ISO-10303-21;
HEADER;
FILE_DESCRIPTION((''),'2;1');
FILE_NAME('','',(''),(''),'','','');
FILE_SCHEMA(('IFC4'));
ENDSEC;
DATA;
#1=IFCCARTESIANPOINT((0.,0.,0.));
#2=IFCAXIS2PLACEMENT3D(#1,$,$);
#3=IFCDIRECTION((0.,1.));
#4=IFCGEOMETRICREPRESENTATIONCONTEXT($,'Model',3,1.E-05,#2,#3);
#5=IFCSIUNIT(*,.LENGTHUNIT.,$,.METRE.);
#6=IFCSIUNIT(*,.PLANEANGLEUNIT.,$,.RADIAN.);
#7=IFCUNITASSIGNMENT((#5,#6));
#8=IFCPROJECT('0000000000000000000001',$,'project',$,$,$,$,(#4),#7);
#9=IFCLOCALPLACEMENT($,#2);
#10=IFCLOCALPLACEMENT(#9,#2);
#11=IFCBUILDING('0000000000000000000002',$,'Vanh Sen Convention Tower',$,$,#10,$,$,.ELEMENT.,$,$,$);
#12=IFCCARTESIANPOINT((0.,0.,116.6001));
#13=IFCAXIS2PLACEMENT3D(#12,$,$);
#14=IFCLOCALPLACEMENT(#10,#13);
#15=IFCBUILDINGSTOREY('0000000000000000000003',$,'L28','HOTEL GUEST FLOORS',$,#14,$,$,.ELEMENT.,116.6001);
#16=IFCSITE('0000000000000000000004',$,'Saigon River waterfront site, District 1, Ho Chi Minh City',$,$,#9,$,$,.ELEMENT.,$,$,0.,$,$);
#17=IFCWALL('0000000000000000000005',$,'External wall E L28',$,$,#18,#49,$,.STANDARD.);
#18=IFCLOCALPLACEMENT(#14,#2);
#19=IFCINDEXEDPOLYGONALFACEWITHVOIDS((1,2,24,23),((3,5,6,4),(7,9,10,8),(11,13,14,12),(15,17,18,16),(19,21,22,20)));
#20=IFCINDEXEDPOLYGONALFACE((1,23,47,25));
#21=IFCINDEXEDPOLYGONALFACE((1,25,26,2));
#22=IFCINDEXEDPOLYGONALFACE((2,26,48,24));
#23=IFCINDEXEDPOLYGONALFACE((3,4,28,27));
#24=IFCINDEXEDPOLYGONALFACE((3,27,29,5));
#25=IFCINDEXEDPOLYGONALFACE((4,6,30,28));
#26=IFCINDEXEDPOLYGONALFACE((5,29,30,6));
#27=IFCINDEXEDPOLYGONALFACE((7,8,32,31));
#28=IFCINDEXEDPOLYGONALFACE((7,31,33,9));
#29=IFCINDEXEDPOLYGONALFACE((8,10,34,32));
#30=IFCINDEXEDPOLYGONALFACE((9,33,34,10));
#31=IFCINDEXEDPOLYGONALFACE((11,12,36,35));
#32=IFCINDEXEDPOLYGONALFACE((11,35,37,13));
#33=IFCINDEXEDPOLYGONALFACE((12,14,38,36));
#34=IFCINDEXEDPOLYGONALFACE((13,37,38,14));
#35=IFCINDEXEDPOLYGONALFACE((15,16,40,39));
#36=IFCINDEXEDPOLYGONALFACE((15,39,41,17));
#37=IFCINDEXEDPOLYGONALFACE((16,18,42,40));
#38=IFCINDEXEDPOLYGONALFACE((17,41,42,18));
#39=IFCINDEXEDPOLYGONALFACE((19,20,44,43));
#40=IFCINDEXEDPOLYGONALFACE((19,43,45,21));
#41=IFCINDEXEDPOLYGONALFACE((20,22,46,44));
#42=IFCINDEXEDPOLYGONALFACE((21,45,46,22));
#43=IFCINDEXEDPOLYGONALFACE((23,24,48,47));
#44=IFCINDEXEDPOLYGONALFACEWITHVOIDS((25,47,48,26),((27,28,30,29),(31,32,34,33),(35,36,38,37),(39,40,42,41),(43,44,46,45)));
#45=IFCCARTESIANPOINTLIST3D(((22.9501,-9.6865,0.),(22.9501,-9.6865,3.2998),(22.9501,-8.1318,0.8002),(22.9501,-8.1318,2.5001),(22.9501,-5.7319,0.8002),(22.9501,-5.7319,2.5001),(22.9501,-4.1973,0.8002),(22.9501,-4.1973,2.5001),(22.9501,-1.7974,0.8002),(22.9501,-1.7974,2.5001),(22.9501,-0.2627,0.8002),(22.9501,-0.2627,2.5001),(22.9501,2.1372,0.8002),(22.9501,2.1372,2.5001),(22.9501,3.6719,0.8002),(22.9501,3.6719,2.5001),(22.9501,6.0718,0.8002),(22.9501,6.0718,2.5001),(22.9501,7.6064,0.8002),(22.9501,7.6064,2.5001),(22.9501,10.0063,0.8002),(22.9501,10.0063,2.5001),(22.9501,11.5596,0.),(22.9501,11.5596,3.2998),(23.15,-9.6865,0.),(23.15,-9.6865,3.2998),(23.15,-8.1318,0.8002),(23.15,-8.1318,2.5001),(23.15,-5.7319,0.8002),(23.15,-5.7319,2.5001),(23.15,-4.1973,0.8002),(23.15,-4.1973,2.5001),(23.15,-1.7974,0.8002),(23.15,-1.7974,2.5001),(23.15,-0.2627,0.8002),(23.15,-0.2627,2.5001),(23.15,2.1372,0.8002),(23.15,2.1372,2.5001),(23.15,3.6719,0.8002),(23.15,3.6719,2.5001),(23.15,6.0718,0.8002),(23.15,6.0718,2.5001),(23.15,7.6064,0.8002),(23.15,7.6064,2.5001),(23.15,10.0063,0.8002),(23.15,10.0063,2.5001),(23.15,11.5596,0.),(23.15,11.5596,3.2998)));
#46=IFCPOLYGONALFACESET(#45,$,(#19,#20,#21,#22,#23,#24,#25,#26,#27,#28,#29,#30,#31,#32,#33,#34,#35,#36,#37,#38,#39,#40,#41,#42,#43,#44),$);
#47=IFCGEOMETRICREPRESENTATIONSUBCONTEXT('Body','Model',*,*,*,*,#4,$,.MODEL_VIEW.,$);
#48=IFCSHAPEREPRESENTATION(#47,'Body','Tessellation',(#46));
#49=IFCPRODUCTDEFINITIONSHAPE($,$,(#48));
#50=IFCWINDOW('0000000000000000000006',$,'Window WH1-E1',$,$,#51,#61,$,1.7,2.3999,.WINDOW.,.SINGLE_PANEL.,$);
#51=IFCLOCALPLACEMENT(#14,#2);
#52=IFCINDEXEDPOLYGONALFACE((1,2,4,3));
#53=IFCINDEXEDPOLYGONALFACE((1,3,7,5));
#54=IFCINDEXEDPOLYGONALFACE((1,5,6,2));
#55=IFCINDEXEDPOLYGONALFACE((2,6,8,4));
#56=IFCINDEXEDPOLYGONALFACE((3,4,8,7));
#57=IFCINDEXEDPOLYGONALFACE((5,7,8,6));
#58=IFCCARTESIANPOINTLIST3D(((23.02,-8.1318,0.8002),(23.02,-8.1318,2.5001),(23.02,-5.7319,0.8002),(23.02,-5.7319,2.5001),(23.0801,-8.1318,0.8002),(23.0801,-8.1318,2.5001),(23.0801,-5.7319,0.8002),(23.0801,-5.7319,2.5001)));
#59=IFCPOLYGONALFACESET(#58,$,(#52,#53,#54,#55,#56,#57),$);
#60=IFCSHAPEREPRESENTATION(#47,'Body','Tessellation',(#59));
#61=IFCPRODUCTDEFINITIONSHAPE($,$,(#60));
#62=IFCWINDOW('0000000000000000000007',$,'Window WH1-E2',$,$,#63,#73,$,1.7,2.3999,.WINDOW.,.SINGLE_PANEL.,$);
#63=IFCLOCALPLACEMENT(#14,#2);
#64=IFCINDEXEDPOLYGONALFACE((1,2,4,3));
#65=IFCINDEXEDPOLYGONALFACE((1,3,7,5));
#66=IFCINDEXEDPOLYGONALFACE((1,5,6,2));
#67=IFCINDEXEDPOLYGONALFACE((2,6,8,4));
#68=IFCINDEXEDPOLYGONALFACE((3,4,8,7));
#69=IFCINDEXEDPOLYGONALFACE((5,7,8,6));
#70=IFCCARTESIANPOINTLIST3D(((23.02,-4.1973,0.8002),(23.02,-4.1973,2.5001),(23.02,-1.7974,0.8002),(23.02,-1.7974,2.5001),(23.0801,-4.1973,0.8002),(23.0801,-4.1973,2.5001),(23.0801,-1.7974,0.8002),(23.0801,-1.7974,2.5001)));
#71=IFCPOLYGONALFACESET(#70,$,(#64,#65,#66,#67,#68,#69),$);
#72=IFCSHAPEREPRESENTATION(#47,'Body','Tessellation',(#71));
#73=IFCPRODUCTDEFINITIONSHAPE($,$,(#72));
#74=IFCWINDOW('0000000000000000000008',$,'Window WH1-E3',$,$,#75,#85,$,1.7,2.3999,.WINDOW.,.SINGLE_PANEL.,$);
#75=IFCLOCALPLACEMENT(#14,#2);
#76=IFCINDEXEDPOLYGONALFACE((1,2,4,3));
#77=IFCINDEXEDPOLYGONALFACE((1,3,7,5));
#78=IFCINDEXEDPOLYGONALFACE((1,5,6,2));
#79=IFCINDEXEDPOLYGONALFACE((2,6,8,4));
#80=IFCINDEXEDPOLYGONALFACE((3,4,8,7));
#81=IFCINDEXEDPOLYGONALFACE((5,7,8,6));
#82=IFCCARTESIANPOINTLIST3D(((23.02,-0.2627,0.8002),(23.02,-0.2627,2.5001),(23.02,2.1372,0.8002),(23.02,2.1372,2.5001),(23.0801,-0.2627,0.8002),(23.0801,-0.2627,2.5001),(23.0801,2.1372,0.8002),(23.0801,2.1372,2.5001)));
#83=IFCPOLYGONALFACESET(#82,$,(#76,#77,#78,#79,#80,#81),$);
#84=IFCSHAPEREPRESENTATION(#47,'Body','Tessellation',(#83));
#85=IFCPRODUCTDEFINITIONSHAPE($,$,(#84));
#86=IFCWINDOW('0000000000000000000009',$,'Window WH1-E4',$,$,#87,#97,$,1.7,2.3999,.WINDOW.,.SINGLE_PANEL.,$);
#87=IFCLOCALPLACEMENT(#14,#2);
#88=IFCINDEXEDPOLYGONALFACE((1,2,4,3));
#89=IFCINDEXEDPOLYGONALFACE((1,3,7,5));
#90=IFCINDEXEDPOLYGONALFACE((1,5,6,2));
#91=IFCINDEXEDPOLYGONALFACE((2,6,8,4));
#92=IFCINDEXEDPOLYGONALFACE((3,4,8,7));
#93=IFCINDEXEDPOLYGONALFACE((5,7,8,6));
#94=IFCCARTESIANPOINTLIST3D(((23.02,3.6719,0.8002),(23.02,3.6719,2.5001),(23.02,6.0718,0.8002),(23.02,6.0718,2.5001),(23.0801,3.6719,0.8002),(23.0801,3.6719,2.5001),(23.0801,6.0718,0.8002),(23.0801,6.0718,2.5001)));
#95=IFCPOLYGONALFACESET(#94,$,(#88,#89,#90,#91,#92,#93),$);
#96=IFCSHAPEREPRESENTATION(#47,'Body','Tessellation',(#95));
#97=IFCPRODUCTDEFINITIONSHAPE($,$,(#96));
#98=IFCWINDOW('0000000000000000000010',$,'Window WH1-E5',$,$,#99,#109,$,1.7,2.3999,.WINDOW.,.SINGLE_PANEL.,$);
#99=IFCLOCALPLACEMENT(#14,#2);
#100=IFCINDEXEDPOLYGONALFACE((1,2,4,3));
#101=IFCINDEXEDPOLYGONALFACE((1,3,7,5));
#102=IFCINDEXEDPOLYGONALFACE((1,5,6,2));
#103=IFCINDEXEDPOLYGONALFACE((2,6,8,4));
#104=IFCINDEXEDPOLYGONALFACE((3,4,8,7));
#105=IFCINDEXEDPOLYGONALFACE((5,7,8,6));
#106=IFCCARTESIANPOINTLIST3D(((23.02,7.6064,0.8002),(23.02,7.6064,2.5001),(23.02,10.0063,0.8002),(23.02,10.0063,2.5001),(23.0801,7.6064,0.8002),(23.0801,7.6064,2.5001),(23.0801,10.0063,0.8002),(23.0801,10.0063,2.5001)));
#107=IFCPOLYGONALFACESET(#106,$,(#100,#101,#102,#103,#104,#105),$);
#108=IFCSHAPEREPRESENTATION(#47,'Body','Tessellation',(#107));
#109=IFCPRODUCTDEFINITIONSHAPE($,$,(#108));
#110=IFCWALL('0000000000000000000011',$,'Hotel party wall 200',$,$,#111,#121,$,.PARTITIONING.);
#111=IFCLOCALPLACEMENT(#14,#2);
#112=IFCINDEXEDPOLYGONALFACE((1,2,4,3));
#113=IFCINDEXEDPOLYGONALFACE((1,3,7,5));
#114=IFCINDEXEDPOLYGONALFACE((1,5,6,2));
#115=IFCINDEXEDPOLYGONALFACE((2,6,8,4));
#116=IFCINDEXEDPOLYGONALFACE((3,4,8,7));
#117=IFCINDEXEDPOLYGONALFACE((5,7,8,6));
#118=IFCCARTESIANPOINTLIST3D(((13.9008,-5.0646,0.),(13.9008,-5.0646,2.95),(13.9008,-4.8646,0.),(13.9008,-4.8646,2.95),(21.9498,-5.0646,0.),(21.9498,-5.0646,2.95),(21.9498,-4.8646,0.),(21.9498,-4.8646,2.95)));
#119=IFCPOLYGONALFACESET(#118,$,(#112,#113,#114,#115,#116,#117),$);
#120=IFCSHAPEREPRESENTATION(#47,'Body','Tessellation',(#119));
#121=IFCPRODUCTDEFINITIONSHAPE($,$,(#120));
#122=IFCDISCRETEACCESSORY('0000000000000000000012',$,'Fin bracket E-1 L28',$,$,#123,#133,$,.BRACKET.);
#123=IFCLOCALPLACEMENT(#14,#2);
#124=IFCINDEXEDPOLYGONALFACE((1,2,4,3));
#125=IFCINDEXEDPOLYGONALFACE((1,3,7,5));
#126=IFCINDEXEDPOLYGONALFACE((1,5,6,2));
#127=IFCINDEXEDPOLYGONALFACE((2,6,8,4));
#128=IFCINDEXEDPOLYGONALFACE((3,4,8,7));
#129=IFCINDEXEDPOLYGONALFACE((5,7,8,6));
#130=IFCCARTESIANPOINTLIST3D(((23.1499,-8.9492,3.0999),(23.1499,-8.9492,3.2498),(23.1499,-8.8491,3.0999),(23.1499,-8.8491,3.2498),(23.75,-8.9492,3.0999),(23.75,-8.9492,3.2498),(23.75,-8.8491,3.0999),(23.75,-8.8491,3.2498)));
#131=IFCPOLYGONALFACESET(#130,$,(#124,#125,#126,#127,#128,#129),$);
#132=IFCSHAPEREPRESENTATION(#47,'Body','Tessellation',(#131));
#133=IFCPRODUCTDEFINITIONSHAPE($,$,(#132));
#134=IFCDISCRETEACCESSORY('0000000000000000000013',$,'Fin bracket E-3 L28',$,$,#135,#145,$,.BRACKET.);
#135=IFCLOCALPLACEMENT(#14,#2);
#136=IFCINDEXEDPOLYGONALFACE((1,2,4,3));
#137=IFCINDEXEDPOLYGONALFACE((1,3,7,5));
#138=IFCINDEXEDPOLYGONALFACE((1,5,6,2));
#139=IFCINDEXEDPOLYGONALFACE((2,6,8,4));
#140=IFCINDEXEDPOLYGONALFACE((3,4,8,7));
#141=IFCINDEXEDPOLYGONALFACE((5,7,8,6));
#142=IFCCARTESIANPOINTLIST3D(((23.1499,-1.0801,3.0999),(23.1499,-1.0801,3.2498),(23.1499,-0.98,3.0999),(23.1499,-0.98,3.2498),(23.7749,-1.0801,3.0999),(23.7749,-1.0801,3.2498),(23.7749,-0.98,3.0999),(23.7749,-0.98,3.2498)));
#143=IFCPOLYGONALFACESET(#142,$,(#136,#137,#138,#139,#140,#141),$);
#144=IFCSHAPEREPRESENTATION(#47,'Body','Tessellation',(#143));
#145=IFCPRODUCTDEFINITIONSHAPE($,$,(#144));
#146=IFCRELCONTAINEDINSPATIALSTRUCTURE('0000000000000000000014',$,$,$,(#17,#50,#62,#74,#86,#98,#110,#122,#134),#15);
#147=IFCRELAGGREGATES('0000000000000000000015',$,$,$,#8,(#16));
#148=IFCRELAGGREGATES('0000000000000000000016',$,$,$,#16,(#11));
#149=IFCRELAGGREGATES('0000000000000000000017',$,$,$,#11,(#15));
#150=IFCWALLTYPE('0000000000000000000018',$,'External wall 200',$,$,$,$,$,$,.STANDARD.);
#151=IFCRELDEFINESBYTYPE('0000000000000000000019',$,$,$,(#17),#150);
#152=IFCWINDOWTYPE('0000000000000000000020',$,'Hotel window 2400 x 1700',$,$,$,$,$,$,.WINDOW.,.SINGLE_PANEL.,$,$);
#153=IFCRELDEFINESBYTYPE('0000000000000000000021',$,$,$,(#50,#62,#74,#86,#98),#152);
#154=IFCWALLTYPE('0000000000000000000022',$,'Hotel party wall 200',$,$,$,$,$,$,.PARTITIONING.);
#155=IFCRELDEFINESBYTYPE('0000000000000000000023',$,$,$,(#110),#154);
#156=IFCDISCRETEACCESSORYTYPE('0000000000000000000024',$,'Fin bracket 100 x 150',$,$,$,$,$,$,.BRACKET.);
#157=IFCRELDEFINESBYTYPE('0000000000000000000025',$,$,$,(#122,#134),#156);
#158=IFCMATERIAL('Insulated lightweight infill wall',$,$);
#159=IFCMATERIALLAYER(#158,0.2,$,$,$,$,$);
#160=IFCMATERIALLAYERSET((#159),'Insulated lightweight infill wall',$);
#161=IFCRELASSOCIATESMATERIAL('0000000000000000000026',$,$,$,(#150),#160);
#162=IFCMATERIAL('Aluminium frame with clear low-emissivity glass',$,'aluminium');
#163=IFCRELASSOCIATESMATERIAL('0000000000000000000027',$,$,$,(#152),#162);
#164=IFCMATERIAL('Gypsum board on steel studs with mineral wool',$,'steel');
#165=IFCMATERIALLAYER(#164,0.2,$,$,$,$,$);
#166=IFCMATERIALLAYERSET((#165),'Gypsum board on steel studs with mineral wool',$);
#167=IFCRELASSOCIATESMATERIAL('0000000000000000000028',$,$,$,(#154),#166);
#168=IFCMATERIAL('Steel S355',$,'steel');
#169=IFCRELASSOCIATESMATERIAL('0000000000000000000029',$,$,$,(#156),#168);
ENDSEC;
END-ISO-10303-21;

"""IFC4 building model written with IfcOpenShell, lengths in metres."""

from ifc_helpers import new_model, si_unit, direction, frame, frame_2d, origin, origin_2d, place, context, subcontext, project, spatial, rectangle, extrude, material, layer, layer_set, type_object, element, fill, save


model = new_model("IFC4")

# Units and contexts
model_context = context("Model", 3, precision=1e-05, world=origin(), true_north=direction((0.0, 1.0)))
body_context = subcontext(model_context, "Body", "Model", "MODEL_VIEW")
ifc_project = project(units=[si_unit("LENGTHUNIT", "METRE"), si_unit("PLANEANGLEUNIT", "RADIAN")], contexts=[model_context])

# Site, building, storey
site_placement = place(None, origin())
site = spatial("IfcSite", under=ifc_project, at=site_placement, Name="Saigon River waterfront site, District 1, Ho Chi Minh City", CompositionType="ELEMENT", RefElevation=0.0)
building_placement = place(site_placement, origin())
building = spatial("IfcBuilding", under=site, at=building_placement, Name="Vanh Sen Convention Tower", CompositionType="ELEMENT")
storey_placement = place(building_placement, frame((0.0, 0.0, 116.6001)))
storey = spatial("IfcBuildingStorey", under=building, at=storey_placement, Name="L28", Description="HOTEL GUEST FLOORS", CompositionType="ELEMENT", Elevation=116.6001)

# Wall, openings, windows
ifc_material_1 = material(Name="Insulated lightweight infill wall")
ifc_layer_1 = layer(ifc_material_1, 0.2)
ifc_layer_set_1 = layer_set([ifc_layer_1], Name="Insulated lightweight infill wall")
wall_type_1 = type_object("IfcWallType", Name="External wall 200", PredefinedType="STANDARD", material=ifc_layer_set_1)
wall_1_placement = place(storey_placement, frame((23.05, -9.6865, 0.0), z_axis=(0.0, 0.0, 1.0), x_axis=(0.0, 1.0, 0.0)))
wall_1 = element("IfcWall", 1, at=wall_1_placement, inside=storey, type_object=wall_type_1, Name="External wall E L28", PredefinedType="STANDARD", context=body_context, shape_type="SweptSolid", body=[
    extrude(rectangle(XDim=21.2461, YDim=0.2, at=frame_2d((10.623, 0.0))), origin(), (0.0, 0.0, 1.0), 3.2998),
])
opening_1_placement = place(wall_1_placement, frame((1.5547, 0.0, 0.8)))
opening_1 = element("IfcOpeningElement", 2, at=opening_1_placement, cuts=wall_1, PredefinedType="OPENING", context=body_context, shape_type="SweptSolid", body=[
    extrude(rectangle(XDim=2.3999, YDim=1.7, at=frame_2d((1.2, 0.8501))), frame((0.0, 0.1099, 0.0), z_axis=(0.0, -1.0, 0.0), x_axis=(1.0, 0.0, 0.0)), (0.0, 0.0, 1.0), 0.22),
])
opening_2_placement = place(wall_1_placement, frame((5.4893, 0.0, 0.8)))
opening_2 = element("IfcOpeningElement", 3, at=opening_2_placement, cuts=wall_1, PredefinedType="OPENING", context=body_context, shape_type="SweptSolid", body=[
    extrude(rectangle(XDim=2.3999, YDim=1.7, at=frame_2d((1.2, 0.8501))), frame((0.0, 0.1099, 0.0), z_axis=(0.0, -1.0, 0.0), x_axis=(1.0, 0.0, 0.0)), (0.0, 0.0, 1.0), 0.22),
])
opening_3_placement = place(wall_1_placement, frame((9.4238, 0.0, 0.8)))
opening_3 = element("IfcOpeningElement", 4, at=opening_3_placement, cuts=wall_1, PredefinedType="OPENING", context=body_context, shape_type="SweptSolid", body=[
    extrude(rectangle(XDim=2.3999, YDim=1.7, at=frame_2d((1.2, 0.8501))), frame((0.0, 0.1099, 0.0), z_axis=(0.0, -1.0, 0.0), x_axis=(1.0, 0.0, 0.0)), (0.0, 0.0, 1.0), 0.22),
])
opening_4_placement = place(wall_1_placement, frame((13.3584, 0.0, 0.8)))
opening_4 = element("IfcOpeningElement", 5, at=opening_4_placement, cuts=wall_1, PredefinedType="OPENING", context=body_context, shape_type="SweptSolid", body=[
    extrude(rectangle(XDim=2.3999, YDim=1.7, at=frame_2d((1.2, 0.8501))), frame((0.0, 0.1099, 0.0), z_axis=(0.0, -1.0, 0.0), x_axis=(1.0, 0.0, 0.0)), (0.0, 0.0, 1.0), 0.22),
])
opening_5_placement = place(wall_1_placement, frame((17.293, 0.0, 0.8)))
opening_5 = element("IfcOpeningElement", 6, at=opening_5_placement, cuts=wall_1, PredefinedType="OPENING", context=body_context, shape_type="SweptSolid", body=[
    extrude(rectangle(XDim=2.3999, YDim=1.7, at=frame_2d((1.2, 0.8501))), frame((0.0, 0.1099, 0.0), z_axis=(0.0, -1.0, 0.0), x_axis=(1.0, 0.0, 0.0)), (0.0, 0.0, 1.0), 0.22),
])
ifc_material_2 = material(Name="Aluminium frame with clear low-emissivity glass", Category="aluminium")
window_type = type_object("IfcWindowType", Name="Hotel window 2400 x 1700", PartitioningType="SINGLE_PANEL", PredefinedType="WINDOW", material=ifc_material_2)
window_1_placement = place(opening_1_placement, origin())
window_1 = element("IfcWindow", 7, at=window_1_placement, inside=storey, type_object=window_type, Name="Window WH1-E1", OverallHeight=1.7, OverallWidth=2.3999, PartitioningType="SINGLE_PANEL", PredefinedType="WINDOW", context=body_context, shape_type="SweptSolid", body=[
    extrude(rectangle(XDim=2.3999, YDim=1.7, at=frame_2d((1.2, 0.8501))), frame((0.0, 0.03, 0.0), z_axis=(0.0, -1.0, 0.0), x_axis=(1.0, 0.0, 0.0)), (0.0, 0.0, 1.0), 0.0601),
])
fill(opening_1, window_1)
window_2_placement = place(opening_2_placement, origin())
window_2 = element("IfcWindow", 8, at=window_2_placement, inside=storey, type_object=window_type, Name="Window WH1-E2", OverallHeight=1.7, OverallWidth=2.3999, PartitioningType="SINGLE_PANEL", PredefinedType="WINDOW", context=body_context, shape_type="SweptSolid", body=[
    extrude(rectangle(XDim=2.3999, YDim=1.7, at=frame_2d((1.2, 0.8501))), frame((0.0, 0.03, 0.0), z_axis=(0.0, -1.0, 0.0), x_axis=(1.0, 0.0, 0.0)), (0.0, 0.0, 1.0), 0.0601),
])
fill(opening_2, window_2)
window_3_placement = place(opening_3_placement, origin())
window_3 = element("IfcWindow", 9, at=window_3_placement, inside=storey, type_object=window_type, Name="Window WH1-E3", OverallHeight=1.7, OverallWidth=2.3999, PartitioningType="SINGLE_PANEL", PredefinedType="WINDOW", context=body_context, shape_type="SweptSolid", body=[
    extrude(rectangle(XDim=2.3999, YDim=1.7, at=frame_2d((1.2, 0.8501))), frame((0.0, 0.03, 0.0), z_axis=(0.0, -1.0, 0.0), x_axis=(1.0, 0.0, 0.0)), (0.0, 0.0, 1.0), 0.0601),
])
fill(opening_3, window_3)
window_4_placement = place(opening_4_placement, origin())
window_4 = element("IfcWindow", 10, at=window_4_placement, inside=storey, type_object=window_type, Name="Window WH1-E4", OverallHeight=1.7, OverallWidth=2.3999, PartitioningType="SINGLE_PANEL", PredefinedType="WINDOW", context=body_context, shape_type="SweptSolid", body=[
    extrude(rectangle(XDim=2.3999, YDim=1.7, at=frame_2d((1.2, 0.8501))), frame((0.0, 0.03, 0.0), z_axis=(0.0, -1.0, 0.0), x_axis=(1.0, 0.0, 0.0)), (0.0, 0.0, 1.0), 0.0601),
])
fill(opening_4, window_4)
window_5_placement = place(opening_5_placement, origin())
window_5 = element("IfcWindow", 11, at=window_5_placement, inside=storey, type_object=window_type, Name="Window WH1-E5", OverallHeight=1.7, OverallWidth=2.3999, PartitioningType="SINGLE_PANEL", PredefinedType="WINDOW", context=body_context, shape_type="SweptSolid", body=[
    extrude(rectangle(XDim=2.3999, YDim=1.7, at=frame_2d((1.2, 0.8501))), frame((0.0, 0.03, 0.0), z_axis=(0.0, -1.0, 0.0), x_axis=(1.0, 0.0, 0.0)), (0.0, 0.0, 1.0), 0.0601),
])
fill(opening_5, window_5)

# Wall
ifc_material_3 = material(Name="Gypsum board on steel studs with mineral wool", Category="steel")
ifc_layer_2 = layer(ifc_material_3, 0.2)
ifc_layer_set_2 = layer_set([ifc_layer_2], Name="Gypsum board on steel studs with mineral wool")
wall_type_2 = type_object("IfcWallType", Name="Hotel party wall 200", PredefinedType="PARTITIONING", material=ifc_layer_set_2)
wall_2_placement = place(storey_placement, frame((13.9009, -4.9646, 0.0), z_axis=(0.0, 0.0, 1.0), x_axis=(1.0, 0.0, 0.0)))
element("IfcWall", 12, at=wall_2_placement, inside=storey, type_object=wall_type_2, Name="Hotel party wall 200", PredefinedType="PARTITIONING", context=body_context, shape_type="SweptSolid", body=[
    extrude(rectangle(XDim=8.0491, YDim=0.2, at=frame_2d((4.0244, 0.0))), origin(), (0.0, 0.0, 1.0), 2.95),
])

# Discrete accessories
ifc_material_4 = material(Name="Steel S355", Category="steel")
discrete_accessory_type = type_object("IfcDiscreteAccessoryType", Name="Fin bracket 100 x 150", PredefinedType="BRACKET", material=ifc_material_4)
discrete_accessory_1_placement = place(storey_placement, frame((23.45, -8.8992, 3.0999), z_axis=(0.0, 0.0, 1.0), x_axis=(1.0, 0.0, 0.0)))
element("IfcDiscreteAccessory", 13, at=discrete_accessory_1_placement, inside=storey, type_object=discrete_accessory_type, Name="Fin bracket E-1 L28", PredefinedType="BRACKET", context=body_context, shape_type="SweptSolid", body=[
    extrude(rectangle(XDim=0.6001, YDim=0.1001, at=origin_2d()), origin(), (0.0, 0.0, 1.0), 0.1499),
])
discrete_accessory_2_placement = place(storey_placement, frame((23.4624, -1.03, 3.0999), z_axis=(0.0, 0.0, 1.0), x_axis=(1.0, 0.0, 0.0)))
element("IfcDiscreteAccessory", 14, at=discrete_accessory_2_placement, inside=storey, type_object=discrete_accessory_type, Name="Fin bracket E-3 L28", PredefinedType="BRACKET", context=body_context, shape_type="SweptSolid", body=[
    extrude(rectangle(XDim=0.625, YDim=0.1001, at=origin_2d()), origin(), (0.0, 0.0, 1.0), 0.1499),
])

save(model, "model.ifc")
